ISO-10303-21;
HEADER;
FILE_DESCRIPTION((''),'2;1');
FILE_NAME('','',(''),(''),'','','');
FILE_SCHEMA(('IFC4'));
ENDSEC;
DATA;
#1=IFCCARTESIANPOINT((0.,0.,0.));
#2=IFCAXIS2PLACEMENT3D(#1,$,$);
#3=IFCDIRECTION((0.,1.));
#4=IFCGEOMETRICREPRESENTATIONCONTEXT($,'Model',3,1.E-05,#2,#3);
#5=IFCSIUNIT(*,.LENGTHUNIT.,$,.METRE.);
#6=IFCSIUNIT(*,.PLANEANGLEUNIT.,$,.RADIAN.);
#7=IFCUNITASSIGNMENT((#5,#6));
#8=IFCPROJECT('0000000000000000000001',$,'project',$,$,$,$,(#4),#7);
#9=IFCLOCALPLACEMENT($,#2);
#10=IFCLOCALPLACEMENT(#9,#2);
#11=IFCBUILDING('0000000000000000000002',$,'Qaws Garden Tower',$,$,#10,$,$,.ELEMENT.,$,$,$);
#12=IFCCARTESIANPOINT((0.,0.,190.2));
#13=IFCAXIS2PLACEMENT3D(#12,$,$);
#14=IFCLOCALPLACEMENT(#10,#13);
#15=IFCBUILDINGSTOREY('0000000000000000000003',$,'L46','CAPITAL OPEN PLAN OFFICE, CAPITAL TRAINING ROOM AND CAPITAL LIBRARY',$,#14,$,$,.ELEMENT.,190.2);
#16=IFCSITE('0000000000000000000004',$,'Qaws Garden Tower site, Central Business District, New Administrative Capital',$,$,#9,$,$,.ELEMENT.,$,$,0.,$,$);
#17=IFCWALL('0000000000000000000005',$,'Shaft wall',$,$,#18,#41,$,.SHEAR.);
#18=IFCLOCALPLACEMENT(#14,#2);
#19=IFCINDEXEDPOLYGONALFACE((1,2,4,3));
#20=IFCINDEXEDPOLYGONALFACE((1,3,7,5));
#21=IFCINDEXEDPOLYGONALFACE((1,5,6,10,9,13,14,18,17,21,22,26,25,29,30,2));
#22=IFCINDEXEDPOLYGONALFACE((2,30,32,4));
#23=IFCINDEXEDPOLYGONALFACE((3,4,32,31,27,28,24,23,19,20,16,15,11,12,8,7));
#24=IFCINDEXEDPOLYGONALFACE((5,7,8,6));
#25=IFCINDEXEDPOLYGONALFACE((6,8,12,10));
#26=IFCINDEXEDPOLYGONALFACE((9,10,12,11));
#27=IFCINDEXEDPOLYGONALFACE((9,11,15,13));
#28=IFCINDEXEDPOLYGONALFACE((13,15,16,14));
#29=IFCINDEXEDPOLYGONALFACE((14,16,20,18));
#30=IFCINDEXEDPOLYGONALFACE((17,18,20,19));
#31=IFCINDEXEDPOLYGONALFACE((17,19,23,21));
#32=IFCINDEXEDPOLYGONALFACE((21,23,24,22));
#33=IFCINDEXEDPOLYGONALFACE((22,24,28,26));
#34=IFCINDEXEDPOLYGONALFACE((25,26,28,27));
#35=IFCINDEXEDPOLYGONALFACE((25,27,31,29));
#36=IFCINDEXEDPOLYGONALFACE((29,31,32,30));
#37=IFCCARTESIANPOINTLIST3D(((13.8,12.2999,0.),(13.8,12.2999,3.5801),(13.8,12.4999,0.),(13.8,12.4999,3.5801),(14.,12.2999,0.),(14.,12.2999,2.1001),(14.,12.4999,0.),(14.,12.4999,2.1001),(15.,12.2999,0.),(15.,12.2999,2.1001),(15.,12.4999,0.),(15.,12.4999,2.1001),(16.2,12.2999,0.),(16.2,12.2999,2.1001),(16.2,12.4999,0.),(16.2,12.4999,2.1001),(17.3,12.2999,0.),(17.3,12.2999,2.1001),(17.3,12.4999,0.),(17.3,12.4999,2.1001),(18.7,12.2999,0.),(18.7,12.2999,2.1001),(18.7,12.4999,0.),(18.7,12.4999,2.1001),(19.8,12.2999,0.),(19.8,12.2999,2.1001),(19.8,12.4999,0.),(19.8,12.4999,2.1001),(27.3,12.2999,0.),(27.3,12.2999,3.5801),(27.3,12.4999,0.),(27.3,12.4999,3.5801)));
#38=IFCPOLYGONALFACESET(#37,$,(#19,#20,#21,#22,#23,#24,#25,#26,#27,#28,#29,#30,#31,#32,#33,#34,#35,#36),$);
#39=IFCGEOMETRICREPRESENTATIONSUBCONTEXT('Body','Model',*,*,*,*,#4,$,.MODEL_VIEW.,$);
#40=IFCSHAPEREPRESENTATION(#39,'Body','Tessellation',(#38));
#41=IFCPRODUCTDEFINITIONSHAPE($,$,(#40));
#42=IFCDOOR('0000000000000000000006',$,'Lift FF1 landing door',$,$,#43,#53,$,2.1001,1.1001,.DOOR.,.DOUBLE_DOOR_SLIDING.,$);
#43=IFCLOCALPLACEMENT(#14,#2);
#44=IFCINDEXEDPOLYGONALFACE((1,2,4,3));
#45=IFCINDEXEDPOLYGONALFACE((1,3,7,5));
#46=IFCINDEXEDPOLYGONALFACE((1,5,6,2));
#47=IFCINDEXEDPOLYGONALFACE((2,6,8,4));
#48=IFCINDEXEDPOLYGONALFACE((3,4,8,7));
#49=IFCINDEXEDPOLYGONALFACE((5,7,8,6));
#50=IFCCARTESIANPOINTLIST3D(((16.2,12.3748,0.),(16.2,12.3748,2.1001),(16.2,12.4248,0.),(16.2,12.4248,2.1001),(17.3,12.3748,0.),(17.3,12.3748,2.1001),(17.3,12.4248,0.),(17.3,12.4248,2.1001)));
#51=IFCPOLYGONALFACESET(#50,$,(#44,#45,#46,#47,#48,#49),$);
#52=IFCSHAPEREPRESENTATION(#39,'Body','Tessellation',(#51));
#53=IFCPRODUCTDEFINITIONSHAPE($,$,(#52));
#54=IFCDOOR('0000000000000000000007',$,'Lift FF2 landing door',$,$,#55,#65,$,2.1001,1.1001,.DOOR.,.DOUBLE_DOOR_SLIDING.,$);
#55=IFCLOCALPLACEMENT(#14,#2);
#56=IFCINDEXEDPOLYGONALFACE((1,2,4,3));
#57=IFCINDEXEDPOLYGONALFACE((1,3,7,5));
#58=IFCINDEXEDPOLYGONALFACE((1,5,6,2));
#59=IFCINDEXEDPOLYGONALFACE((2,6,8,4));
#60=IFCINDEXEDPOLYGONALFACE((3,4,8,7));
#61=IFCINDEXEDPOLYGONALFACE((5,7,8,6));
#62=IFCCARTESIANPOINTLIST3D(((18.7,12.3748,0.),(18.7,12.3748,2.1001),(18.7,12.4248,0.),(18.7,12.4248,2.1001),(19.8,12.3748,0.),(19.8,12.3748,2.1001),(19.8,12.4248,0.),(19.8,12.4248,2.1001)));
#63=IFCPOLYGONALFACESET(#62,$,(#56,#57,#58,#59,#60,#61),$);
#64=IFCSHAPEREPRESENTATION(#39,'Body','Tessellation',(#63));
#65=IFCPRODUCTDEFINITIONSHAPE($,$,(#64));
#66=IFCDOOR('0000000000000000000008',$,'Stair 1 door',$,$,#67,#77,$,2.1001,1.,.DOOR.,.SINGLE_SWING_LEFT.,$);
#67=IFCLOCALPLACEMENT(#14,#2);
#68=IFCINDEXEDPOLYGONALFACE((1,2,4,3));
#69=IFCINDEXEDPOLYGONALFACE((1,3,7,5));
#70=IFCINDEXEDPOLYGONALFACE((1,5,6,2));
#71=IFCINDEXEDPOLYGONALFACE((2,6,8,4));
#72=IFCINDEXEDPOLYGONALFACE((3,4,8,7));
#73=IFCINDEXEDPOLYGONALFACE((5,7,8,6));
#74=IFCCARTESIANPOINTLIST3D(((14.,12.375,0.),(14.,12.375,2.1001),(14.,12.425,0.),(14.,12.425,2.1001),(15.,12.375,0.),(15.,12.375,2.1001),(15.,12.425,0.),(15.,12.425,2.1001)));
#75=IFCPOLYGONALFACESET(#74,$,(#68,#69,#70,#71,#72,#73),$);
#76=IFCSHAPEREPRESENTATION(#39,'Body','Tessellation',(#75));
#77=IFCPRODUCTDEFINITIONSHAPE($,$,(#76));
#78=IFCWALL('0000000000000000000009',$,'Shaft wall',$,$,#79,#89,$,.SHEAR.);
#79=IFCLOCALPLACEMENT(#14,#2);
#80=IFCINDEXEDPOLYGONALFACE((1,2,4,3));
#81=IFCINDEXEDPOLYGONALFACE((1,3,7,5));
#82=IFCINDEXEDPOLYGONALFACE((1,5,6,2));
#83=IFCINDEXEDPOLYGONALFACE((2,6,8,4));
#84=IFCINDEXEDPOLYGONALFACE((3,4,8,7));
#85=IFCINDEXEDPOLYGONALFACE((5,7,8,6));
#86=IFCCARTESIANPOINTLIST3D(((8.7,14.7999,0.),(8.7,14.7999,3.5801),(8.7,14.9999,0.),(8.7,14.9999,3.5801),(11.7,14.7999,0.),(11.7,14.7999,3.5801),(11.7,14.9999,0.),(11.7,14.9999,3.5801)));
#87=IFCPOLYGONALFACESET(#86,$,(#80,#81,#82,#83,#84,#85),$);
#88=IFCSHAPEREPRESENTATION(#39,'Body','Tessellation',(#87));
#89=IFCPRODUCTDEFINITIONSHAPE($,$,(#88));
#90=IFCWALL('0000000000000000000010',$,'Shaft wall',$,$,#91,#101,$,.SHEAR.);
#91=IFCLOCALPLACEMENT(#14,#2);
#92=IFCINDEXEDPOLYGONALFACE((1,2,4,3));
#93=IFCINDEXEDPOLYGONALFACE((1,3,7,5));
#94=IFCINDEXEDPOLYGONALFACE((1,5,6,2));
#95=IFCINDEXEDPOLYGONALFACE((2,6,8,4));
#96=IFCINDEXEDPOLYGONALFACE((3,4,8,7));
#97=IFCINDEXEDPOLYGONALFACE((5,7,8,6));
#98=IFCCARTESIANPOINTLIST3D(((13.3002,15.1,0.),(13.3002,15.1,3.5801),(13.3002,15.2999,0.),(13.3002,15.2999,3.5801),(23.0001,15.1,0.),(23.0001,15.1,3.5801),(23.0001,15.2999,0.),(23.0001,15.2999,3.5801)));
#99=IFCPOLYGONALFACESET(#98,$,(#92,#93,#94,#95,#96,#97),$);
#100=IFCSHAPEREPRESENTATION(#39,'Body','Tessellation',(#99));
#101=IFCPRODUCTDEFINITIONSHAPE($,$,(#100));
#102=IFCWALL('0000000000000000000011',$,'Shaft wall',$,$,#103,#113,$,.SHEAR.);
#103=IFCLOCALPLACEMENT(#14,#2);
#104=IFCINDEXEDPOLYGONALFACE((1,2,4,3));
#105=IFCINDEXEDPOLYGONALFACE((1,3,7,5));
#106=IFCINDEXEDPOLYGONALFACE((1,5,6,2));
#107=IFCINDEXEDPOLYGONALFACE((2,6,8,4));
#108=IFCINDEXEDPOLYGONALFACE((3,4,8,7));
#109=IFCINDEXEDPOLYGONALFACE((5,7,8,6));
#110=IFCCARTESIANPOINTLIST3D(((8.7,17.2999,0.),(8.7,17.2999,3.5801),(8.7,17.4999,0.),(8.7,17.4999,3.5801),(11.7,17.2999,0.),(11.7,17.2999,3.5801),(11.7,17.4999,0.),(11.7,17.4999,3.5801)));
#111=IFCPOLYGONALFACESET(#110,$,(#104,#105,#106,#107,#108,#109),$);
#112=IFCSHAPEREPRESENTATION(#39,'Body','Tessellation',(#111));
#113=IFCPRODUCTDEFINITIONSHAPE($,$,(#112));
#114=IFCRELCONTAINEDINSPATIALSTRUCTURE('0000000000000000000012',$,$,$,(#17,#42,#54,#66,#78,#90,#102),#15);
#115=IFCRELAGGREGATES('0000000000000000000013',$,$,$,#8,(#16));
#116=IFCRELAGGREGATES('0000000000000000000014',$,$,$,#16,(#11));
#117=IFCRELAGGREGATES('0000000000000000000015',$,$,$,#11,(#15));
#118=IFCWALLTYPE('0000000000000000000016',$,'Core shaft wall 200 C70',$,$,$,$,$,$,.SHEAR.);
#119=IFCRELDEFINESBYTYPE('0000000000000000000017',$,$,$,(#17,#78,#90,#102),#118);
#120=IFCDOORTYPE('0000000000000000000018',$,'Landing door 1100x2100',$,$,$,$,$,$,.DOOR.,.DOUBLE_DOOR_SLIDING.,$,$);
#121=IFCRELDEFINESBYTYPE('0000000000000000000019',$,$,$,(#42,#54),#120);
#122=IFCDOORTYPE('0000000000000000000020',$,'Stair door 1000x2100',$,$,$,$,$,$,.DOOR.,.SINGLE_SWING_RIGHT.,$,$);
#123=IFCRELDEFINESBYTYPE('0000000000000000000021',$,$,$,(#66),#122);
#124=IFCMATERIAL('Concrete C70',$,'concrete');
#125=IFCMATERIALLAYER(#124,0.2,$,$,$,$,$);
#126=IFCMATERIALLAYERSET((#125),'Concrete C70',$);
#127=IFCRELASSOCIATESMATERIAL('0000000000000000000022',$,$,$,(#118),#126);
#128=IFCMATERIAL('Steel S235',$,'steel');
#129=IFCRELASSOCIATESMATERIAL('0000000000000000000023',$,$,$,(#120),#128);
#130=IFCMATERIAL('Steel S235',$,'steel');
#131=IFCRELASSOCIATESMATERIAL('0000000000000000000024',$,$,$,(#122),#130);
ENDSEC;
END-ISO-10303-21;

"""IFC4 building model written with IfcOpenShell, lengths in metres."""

from ifc_helpers import new_model, si_unit, direction, frame, frame_2d, origin, place, context, subcontext, project, spatial, rectangle, extrude, material, layer, layer_set, type_object, element, fill, save


model = new_model("IFC4")

# Units and contexts
model_context = context("Model", 3, precision=1e-05, world=origin(), true_north=direction((0.0, 1.0)))
body_context = subcontext(model_context, "Body", "Model", "MODEL_VIEW")
ifc_project = project(units=[si_unit("LENGTHUNIT", "METRE"), si_unit("PLANEANGLEUNIT", "RADIAN")], contexts=[model_context])

# Site, building, storey
site_placement = place(None, origin())
site = spatial("IfcSite", under=ifc_project, at=site_placement, Name="Qaws Garden Tower site, Central Business District, New Administrative Capital", CompositionType="ELEMENT", RefElevation=0.0)
building_placement = place(site_placement, origin())
building = spatial("IfcBuilding", under=site, at=building_placement, Name="Qaws Garden Tower", CompositionType="ELEMENT")
storey_placement = place(building_placement, frame((0.0, 0.0, 190.2)))
storey = spatial("IfcBuildingStorey", under=building, at=storey_placement, Name="L46", Description="CAPITAL OPEN PLAN OFFICE, CAPITAL TRAINING ROOM AND CAPITAL LIBRARY", CompositionType="ELEMENT", Elevation=190.2)

# Shared definitions
ifc_material_1 = material(Name="Concrete C70", Category="concrete")
ifc_layer_1 = layer(ifc_material_1, 0.2)
ifc_layer_set_1 = layer_set([ifc_layer_1], Name="Concrete C70")
wall_type_1 = type_object("IfcWallType", Name="Core shaft wall 200 C70", PredefinedType="SHEAR", material=ifc_layer_set_1)

# Wall, openings, doors
wall_1_placement = place(storey_placement, frame((13.8, 12.3999, 0.0), z_axis=(0.0, 0.0, 1.0), x_axis=(1.0, 0.0, 0.0)))
wall_1 = element("IfcWall", 1, at=wall_1_placement, inside=storey, type_object=wall_type_1, Name="Shaft wall", PredefinedType="SHEAR", context=body_context, shape_type="SweptSolid", body=[
    extrude(rectangle(XDim=13.5, YDim=0.2, at=frame_2d((6.75, 0.0))), origin(), (0.0, 0.0, 1.0), 3.5801),
])
opening_1_placement = place(wall_1_placement, frame((2.3999, 0.0, 0.0)))
opening_1 = element("IfcOpeningElement", 2, at=opening_1_placement, cuts=wall_1, PredefinedType="OPENING", context=body_context, shape_type="SweptSolid", body=[
    extrude(rectangle(XDim=1.1001, YDim=2.1001, at=frame_2d((0.55, 1.05))), frame((0.0, 0.1099, 0.0), z_axis=(0.0, -1.0, 0.0), x_axis=(1.0, 0.0, 0.0)), (0.0, 0.0, 1.0), 0.22),
])
opening_2_placement = place(wall_1_placement, frame((4.8999, 0.0, 0.0)))
opening_2 = element("IfcOpeningElement", 3, at=opening_2_placement, cuts=wall_1, PredefinedType="OPENING", context=body_context, shape_type="SweptSolid", body=[
    extrude(rectangle(XDim=1.1001, YDim=2.1001, at=frame_2d((0.55, 1.05))), frame((0.0, 0.1099, 0.0), z_axis=(0.0, -1.0, 0.0), x_axis=(1.0, 0.0, 0.0)), (0.0, 0.0, 1.0), 0.22),
])
opening_3_placement = place(wall_1_placement, frame((0.2, 0.0, 0.0)))
opening_3 = element("IfcOpeningElement", 4, at=opening_3_placement, cuts=wall_1, PredefinedType="OPENING", context=body_context, shape_type="SweptSolid", body=[
    extrude(rectangle(XDim=1.0, YDim=2.1001, at=frame_2d((0.5, 1.05))), frame((0.0, 0.1099, 0.0), z_axis=(0.0, -1.0, 0.0), x_axis=(1.0, 0.0, 0.0)), (0.0, 0.0, 1.0), 0.22),
])
ifc_material_2 = material(Name="Steel S235", Category="steel")
door_type_1 = type_object("IfcDoorType", Name="Landing door 1100x2100", OperationType="DOUBLE_DOOR_SLIDING", PredefinedType="DOOR", material=ifc_material_2)
door_1_placement = place(opening_1_placement, origin())
door_1 = element("IfcDoor", 5, at=door_1_placement, inside=storey, type_object=door_type_1, Name="Lift FF1 landing door", OperationType="DOUBLE_DOOR_SLIDING", OverallHeight=2.1001, OverallWidth=1.1001, PredefinedType="DOOR", context=body_context, shape_type="SweptSolid", body=[
    extrude(rectangle(XDim=1.1001, YDim=2.1001, at=frame_2d((0.55, 1.05))), frame((0.0, 0.0249, 0.0), z_axis=(0.0, -1.0, 0.0), x_axis=(1.0, 0.0, 0.0)), (0.0, 0.0, 1.0), 0.05),
])
fill(opening_1, door_1)
door_2_placement = place(opening_2_placement, origin())
door_2 = element("IfcDoor", 6, at=door_2_placement, inside=storey, type_object=door_type_1, Name="Lift FF2 landing door", OperationType="DOUBLE_DOOR_SLIDING", OverallHeight=2.1001, OverallWidth=1.1001, PredefinedType="DOOR", context=body_context, shape_type="SweptSolid", body=[
    extrude(rectangle(XDim=1.1001, YDim=2.1001, at=frame_2d((0.55, 1.05))), frame((0.0, 0.0249, 0.0), z_axis=(0.0, -1.0, 0.0), x_axis=(1.0, 0.0, 0.0)), (0.0, 0.0, 1.0), 0.05),
])
fill(opening_2, door_2)
ifc_material_3 = material(Name="Steel S235", Category="steel")
door_type_2 = type_object("IfcDoorType", Name="Stair door 1000x2100", OperationType="SINGLE_SWING_RIGHT", PredefinedType="DOOR", material=ifc_material_3)
door_3_placement = place(opening_3_placement, frame((1.0, 0.0, 0.0), z_axis=(0.0, 0.0, 1.0), x_axis=(-1.0, 0.0, 0.0)))
door_3 = element("IfcDoor", 7, at=door_3_placement, inside=storey, type_object=door_type_2, Name="Stair 1 door", OperationType="SINGLE_SWING_LEFT", OverallHeight=2.1001, OverallWidth=1.0, PredefinedType="DOOR", context=body_context, shape_type="SweptSolid", body=[
    extrude(rectangle(XDim=1.0, YDim=2.1001, at=frame_2d((0.5, 1.05))), frame((0.0, 0.0249, 0.0), z_axis=(0.0, -1.0, 0.0), x_axis=(1.0, 0.0, 0.0)), (0.0, 0.0, 1.0), 0.05),
])
fill(opening_3, door_3)

# Walls
wall_2_placement = place(storey_placement, frame((8.7, 14.8999, 0.0), z_axis=(0.0, 0.0, 1.0), x_axis=(1.0, 0.0, 0.0)))
element("IfcWall", 8, at=wall_2_placement, inside=storey, type_object=wall_type_1, Name="Shaft wall", PredefinedType="SHEAR", context=body_context, shape_type="SweptSolid", body=[
    extrude(rectangle(XDim=3.0, YDim=0.2, at=frame_2d((1.5, 0.0))), origin(), (0.0, 0.0, 1.0), 3.5801),
])
wall_3_placement = place(storey_placement, frame((13.3, 15.2, 0.0), z_axis=(0.0, 0.0, 1.0), x_axis=(1.0, 0.0, 0.0)))
element("IfcWall", 9, at=wall_3_placement, inside=storey, type_object=wall_type_1, Name="Shaft wall", PredefinedType="SHEAR", context=body_context, shape_type="SweptSolid", body=[
    extrude(rectangle(XDim=9.7, YDim=0.2, at=frame_2d((4.8501, 0.0))), origin(), (0.0, 0.0, 1.0), 3.5801),
])
wall_4_placement = place(storey_placement, frame((8.7, 17.3999, 0.0), z_axis=(0.0, 0.0, 1.0), x_axis=(1.0, 0.0, 0.0)))
element("IfcWall", 10, at=wall_4_placement, inside=storey, type_object=wall_type_1, Name="Shaft wall", PredefinedType="SHEAR", context=body_context, shape_type="SweptSolid", body=[
    extrude(rectangle(XDim=3.0, YDim=0.2, at=frame_2d((1.5, 0.0))), origin(), (0.0, 0.0, 1.0), 3.5801),
])

save(model, "model.ifc")
